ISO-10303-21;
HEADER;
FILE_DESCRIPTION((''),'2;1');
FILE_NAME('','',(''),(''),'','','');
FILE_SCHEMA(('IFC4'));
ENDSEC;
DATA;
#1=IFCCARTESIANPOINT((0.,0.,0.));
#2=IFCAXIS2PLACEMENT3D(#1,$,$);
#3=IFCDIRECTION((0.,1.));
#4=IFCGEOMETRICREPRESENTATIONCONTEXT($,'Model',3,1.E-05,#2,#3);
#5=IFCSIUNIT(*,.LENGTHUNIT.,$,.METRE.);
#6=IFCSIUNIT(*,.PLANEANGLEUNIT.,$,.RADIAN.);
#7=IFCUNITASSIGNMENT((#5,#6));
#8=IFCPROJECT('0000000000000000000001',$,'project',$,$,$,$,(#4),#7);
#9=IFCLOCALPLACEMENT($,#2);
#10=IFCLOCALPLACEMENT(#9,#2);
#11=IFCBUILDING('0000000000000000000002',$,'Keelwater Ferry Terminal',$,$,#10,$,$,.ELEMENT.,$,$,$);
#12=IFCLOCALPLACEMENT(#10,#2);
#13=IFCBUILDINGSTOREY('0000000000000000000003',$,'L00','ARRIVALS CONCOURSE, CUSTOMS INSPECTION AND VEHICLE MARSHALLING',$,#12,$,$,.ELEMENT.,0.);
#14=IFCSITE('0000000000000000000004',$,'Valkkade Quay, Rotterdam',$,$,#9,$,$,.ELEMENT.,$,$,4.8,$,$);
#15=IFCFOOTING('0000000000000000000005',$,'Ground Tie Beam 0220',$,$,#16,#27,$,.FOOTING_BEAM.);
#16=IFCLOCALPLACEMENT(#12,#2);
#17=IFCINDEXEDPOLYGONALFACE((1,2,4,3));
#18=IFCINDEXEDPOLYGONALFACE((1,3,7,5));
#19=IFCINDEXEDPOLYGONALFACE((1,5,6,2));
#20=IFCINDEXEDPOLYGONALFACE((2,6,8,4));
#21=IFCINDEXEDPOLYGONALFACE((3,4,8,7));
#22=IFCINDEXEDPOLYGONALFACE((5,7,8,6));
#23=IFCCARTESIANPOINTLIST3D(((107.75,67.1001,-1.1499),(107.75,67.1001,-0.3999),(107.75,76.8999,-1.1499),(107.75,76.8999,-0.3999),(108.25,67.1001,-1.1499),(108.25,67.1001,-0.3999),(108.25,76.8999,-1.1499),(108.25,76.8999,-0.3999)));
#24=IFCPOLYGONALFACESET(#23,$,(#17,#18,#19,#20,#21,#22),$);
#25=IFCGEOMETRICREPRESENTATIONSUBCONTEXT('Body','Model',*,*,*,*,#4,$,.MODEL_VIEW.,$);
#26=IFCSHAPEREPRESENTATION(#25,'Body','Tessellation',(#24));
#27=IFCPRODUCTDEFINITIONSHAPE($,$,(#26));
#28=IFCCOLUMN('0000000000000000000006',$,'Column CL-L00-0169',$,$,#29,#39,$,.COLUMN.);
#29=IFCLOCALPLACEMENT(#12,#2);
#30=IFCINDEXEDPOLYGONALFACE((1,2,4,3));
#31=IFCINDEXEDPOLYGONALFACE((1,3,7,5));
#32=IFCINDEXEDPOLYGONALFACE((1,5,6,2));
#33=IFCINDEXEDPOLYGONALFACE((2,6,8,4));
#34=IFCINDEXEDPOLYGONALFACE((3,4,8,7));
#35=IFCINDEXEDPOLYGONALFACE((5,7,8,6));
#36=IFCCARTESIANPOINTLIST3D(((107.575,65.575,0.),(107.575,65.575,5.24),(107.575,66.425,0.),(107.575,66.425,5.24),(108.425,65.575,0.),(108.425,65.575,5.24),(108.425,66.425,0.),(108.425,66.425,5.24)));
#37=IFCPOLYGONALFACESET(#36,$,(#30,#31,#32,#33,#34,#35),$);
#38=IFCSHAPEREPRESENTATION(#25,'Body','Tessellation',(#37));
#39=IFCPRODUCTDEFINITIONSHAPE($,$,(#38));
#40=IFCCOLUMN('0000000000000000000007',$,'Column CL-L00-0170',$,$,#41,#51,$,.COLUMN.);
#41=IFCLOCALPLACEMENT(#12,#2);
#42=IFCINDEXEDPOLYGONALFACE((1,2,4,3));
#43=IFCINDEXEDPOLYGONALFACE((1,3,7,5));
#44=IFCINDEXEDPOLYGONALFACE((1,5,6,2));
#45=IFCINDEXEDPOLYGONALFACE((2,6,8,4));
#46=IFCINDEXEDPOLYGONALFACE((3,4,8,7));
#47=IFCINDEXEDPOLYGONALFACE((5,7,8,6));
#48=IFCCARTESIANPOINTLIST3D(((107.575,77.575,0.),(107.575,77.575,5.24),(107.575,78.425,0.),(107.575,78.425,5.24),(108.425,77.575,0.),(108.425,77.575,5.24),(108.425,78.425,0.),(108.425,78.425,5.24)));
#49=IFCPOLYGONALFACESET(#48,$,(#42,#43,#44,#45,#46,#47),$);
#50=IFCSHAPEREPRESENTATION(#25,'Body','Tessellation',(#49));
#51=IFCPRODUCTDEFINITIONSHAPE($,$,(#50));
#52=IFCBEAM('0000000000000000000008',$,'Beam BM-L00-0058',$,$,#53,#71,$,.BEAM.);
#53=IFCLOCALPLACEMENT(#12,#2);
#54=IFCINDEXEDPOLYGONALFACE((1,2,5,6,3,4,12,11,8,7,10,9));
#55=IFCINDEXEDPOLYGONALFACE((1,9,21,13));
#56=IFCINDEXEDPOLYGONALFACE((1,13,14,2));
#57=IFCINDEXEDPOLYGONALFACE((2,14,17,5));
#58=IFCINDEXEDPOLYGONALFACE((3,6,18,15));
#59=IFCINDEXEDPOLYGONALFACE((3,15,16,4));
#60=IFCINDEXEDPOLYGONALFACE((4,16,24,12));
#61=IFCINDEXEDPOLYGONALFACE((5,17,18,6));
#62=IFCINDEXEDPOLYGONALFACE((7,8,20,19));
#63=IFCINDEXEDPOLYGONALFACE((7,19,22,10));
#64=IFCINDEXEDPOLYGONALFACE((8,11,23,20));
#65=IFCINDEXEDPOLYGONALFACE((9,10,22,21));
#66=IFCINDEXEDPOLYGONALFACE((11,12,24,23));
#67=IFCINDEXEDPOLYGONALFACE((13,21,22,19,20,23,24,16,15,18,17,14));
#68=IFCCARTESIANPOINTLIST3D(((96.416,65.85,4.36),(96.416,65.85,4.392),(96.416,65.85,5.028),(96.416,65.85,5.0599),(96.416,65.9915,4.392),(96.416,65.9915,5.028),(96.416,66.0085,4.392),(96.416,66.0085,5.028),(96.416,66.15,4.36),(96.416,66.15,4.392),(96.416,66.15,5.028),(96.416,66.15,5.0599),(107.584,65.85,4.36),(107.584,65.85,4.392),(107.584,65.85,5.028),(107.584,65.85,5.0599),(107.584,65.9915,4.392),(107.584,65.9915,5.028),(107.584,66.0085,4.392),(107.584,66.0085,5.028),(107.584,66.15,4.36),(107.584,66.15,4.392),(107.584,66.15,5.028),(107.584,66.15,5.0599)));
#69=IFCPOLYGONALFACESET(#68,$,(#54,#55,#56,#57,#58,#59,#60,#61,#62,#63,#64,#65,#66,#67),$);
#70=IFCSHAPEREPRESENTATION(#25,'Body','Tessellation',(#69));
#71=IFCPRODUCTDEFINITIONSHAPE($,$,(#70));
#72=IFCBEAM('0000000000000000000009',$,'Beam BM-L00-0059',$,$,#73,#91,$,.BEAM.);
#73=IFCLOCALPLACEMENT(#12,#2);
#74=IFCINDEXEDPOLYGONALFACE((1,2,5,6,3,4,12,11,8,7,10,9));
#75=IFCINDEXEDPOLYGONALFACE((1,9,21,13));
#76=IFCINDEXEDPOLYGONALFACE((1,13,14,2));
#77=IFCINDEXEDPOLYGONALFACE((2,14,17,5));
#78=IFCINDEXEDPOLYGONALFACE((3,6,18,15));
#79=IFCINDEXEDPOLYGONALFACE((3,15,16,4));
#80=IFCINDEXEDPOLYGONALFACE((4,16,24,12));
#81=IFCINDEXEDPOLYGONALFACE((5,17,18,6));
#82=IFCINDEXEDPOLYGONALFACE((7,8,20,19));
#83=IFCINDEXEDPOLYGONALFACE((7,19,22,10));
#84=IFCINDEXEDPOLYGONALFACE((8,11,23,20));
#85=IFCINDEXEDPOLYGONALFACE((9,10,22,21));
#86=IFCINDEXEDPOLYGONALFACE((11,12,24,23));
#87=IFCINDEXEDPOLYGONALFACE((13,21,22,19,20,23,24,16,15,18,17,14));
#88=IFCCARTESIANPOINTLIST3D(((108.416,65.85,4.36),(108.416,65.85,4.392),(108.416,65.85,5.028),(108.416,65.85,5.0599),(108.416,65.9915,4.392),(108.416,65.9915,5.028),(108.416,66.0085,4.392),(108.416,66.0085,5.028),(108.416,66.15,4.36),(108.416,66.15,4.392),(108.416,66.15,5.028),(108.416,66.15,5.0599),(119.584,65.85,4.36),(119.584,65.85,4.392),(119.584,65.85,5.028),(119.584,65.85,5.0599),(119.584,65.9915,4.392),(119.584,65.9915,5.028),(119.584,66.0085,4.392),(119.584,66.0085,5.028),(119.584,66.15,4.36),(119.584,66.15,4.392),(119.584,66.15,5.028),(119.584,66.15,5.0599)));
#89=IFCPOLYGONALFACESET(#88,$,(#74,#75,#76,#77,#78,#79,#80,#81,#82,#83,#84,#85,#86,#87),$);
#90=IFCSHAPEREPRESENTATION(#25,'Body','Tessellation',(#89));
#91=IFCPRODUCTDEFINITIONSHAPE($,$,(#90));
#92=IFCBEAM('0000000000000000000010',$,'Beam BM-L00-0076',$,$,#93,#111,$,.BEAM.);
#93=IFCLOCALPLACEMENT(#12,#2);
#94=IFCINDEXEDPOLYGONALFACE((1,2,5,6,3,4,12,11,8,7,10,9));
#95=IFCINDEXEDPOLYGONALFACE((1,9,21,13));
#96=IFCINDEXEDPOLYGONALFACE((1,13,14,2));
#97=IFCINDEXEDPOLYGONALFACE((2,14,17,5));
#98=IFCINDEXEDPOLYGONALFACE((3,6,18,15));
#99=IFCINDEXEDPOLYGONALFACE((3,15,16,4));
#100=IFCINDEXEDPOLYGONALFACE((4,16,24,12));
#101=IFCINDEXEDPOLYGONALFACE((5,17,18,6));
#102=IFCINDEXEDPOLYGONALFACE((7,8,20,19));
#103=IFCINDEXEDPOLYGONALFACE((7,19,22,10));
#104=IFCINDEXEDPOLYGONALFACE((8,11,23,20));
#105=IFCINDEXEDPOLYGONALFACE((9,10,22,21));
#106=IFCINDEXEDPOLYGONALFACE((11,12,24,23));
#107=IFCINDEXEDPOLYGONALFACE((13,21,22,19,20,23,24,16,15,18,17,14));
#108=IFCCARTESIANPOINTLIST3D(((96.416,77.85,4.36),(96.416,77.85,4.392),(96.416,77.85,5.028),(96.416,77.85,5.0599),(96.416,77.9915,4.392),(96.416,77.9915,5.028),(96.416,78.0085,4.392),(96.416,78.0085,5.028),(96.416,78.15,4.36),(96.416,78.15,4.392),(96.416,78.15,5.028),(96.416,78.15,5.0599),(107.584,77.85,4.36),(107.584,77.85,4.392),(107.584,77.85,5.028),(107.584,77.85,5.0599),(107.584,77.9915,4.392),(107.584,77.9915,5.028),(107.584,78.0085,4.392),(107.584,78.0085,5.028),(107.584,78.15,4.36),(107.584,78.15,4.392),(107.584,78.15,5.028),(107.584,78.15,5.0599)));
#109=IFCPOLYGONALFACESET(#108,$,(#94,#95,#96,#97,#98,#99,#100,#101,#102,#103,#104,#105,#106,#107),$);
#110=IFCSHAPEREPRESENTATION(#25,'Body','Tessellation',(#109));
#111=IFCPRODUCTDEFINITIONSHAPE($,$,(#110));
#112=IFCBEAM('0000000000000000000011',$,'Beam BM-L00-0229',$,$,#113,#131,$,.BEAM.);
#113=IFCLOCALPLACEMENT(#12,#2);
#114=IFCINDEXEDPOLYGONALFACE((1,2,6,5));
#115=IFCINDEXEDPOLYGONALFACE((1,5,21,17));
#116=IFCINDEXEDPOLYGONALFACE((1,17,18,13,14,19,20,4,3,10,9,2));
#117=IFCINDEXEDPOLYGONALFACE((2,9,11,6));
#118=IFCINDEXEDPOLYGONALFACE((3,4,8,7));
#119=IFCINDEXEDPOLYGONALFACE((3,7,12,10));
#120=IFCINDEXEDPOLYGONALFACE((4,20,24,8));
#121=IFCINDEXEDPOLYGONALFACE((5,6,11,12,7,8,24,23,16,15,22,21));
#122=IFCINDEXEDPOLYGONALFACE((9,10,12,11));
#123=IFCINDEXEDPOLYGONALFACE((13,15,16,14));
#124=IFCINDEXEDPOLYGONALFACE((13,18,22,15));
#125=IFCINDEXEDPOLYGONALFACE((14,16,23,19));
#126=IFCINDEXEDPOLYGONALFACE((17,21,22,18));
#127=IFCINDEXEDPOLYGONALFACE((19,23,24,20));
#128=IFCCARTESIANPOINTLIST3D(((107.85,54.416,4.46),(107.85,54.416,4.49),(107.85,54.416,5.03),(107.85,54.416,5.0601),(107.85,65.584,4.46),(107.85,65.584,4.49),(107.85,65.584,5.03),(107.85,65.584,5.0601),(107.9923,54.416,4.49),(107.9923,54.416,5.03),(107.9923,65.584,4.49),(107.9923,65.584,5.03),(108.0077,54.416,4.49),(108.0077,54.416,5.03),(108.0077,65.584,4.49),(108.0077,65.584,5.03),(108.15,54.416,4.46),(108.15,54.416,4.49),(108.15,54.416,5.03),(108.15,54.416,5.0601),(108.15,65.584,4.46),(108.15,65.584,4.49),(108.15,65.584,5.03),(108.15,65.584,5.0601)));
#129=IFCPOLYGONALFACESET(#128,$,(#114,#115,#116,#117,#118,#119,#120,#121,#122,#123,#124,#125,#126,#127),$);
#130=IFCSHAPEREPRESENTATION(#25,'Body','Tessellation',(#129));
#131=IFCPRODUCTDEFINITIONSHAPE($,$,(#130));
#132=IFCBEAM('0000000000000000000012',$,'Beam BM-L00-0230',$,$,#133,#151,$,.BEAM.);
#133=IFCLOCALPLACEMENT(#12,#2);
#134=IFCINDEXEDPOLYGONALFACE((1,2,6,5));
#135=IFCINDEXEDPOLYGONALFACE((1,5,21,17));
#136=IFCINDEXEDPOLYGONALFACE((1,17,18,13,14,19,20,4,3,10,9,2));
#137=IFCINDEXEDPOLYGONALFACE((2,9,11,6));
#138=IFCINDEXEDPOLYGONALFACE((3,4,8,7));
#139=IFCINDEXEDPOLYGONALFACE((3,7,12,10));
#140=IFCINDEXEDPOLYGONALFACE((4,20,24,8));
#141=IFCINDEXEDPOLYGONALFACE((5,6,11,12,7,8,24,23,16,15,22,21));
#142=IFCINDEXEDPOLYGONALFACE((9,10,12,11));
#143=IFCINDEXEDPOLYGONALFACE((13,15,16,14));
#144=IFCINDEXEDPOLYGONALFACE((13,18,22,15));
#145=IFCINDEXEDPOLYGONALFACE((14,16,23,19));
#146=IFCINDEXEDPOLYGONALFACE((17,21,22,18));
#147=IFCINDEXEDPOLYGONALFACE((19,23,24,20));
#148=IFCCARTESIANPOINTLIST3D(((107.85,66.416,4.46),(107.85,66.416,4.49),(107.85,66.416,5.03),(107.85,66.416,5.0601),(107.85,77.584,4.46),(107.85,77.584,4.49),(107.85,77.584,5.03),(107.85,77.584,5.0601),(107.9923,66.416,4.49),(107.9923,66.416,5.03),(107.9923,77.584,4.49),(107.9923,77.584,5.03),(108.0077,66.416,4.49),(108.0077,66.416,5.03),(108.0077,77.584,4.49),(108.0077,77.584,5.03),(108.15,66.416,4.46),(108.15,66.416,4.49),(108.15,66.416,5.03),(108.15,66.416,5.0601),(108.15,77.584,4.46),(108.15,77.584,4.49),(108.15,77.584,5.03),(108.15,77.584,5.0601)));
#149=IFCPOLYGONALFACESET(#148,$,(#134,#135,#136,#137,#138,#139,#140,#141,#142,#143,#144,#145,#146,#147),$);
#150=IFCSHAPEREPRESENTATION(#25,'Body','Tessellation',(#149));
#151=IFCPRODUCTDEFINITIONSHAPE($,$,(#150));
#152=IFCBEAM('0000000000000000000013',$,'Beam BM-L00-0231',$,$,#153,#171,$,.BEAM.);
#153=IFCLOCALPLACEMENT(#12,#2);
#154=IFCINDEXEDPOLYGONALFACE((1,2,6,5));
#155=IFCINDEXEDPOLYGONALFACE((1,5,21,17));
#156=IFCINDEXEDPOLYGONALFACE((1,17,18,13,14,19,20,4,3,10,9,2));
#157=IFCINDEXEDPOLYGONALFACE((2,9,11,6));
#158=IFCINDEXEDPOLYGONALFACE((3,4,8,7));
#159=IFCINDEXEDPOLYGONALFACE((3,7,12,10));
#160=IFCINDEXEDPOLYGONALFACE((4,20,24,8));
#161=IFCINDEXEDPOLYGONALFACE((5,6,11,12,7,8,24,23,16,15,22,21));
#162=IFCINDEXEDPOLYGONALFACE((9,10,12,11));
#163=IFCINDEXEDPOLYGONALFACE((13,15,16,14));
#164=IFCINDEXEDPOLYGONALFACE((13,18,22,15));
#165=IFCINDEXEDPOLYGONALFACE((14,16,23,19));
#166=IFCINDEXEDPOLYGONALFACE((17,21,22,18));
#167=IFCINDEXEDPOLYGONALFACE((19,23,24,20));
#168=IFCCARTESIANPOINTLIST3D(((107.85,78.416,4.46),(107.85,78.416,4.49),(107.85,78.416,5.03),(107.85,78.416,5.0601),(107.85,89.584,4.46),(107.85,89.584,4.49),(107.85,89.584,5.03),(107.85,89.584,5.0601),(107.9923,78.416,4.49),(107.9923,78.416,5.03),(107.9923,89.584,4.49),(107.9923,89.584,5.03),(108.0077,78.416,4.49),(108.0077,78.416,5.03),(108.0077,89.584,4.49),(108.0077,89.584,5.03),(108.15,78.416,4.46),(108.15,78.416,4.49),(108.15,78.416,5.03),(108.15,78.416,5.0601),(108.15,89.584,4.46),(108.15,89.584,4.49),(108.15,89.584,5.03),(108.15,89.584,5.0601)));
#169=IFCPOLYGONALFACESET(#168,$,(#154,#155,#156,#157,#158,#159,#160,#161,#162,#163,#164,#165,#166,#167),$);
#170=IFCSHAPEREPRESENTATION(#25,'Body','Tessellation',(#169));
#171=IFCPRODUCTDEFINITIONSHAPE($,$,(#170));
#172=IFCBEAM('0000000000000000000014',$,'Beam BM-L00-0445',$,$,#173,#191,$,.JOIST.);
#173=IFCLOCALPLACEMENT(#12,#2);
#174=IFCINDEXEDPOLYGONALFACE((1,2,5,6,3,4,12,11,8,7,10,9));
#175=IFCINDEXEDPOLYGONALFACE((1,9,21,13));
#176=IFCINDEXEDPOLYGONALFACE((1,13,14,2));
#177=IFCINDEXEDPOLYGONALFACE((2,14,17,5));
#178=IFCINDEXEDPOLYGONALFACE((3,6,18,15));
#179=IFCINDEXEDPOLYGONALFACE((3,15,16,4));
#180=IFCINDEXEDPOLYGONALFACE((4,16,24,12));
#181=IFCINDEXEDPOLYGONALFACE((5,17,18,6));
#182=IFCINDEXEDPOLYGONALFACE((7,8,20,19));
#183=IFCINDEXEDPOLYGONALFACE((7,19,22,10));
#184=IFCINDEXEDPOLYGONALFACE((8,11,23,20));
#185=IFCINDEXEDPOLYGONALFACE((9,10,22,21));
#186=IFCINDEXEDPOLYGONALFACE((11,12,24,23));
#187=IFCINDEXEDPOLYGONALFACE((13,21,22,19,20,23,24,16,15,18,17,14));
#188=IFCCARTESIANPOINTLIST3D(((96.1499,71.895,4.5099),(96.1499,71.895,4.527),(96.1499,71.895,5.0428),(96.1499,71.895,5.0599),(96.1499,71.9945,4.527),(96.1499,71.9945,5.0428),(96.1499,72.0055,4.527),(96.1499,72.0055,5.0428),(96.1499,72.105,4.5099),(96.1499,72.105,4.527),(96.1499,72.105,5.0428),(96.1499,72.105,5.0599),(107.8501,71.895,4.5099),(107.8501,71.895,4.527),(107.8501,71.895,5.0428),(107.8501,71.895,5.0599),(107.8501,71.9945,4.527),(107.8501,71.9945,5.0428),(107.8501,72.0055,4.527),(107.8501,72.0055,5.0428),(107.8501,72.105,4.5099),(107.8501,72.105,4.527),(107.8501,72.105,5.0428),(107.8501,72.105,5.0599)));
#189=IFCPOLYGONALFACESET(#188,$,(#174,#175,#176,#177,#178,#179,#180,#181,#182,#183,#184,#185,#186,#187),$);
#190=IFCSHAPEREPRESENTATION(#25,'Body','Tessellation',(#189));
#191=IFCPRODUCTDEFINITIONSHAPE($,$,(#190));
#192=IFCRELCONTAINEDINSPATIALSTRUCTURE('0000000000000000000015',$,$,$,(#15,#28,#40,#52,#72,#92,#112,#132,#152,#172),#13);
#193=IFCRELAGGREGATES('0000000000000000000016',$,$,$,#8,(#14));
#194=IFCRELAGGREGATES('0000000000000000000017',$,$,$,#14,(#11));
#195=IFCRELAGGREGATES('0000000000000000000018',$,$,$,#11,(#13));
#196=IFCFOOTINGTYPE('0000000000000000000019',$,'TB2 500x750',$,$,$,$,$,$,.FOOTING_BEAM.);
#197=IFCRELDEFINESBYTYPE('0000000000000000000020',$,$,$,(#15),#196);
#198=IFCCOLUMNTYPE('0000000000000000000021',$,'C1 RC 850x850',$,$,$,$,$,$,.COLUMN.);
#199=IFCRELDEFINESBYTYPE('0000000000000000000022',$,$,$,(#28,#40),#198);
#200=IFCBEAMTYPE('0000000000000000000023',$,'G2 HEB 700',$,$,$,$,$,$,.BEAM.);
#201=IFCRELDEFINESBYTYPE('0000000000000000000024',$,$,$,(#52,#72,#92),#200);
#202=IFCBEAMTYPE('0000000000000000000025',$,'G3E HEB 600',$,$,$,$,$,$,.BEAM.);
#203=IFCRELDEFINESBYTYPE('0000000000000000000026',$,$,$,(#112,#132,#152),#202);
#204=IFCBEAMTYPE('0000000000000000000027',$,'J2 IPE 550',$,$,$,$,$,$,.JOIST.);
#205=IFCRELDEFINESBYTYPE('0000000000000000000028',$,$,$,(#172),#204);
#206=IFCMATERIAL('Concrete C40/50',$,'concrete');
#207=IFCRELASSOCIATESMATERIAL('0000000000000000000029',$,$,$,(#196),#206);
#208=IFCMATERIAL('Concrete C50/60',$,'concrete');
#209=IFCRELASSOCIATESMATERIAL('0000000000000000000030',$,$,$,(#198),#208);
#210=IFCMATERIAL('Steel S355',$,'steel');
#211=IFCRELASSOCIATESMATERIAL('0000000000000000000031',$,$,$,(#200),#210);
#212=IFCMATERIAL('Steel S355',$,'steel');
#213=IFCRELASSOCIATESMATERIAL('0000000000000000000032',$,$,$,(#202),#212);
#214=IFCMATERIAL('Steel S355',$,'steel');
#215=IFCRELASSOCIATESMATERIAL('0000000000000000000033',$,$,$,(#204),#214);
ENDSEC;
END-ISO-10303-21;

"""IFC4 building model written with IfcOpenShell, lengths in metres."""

from ifc_helpers import new_model, si_unit, direction, frame, origin, origin_2d, place, context, subcontext, project, spatial, rectangle, i_section, extrude, material, material_profile, profile_set, type_object, element, save


model = new_model("IFC4")

# Units and contexts
model_context = context("Model", 3, precision=1e-05, world=origin(), true_north=direction((0.0, 1.0)))
body_context = subcontext(model_context, "Body", "Model", "MODEL_VIEW")
ifc_project = project(units=[si_unit("LENGTHUNIT", "METRE"), si_unit("PLANEANGLEUNIT", "RADIAN")], contexts=[model_context])

# Site, building, storey
site_placement = place(None, origin())
site = spatial("IfcSite", under=ifc_project, at=site_placement, Name="Valkkade Quay, Rotterdam", CompositionType="ELEMENT", RefElevation=4.8)
building_placement = place(site_placement, origin())
building = spatial("IfcBuilding", under=site, at=building_placement, Name="Keelwater Ferry Terminal", CompositionType="ELEMENT")
storey_placement = place(building_placement, origin())
storey = spatial("IfcBuildingStorey", under=building, at=storey_placement, Name="L00", Description="ARRIVALS CONCOURSE, CUSTOMS INSPECTION AND VEHICLE MARSHALLING", CompositionType="ELEMENT", Elevation=0.0)

# Footing
ifc_material_1 = material(Name="Concrete C40/50", Category="concrete")
ifc_material_profile_1 = material_profile(ifc_material_1, rectangle(XDim=0.5, YDim=0.75, at=origin_2d()), Name="TB 500x750")
ifc_profile_set_1 = profile_set([ifc_material_profile_1], Name="Concrete C40/50")
footing_type_1 = type_object("IfcFootingType", Name="TB2 500x750", PredefinedType="FOOTING_BEAM", material=ifc_profile_set_1)
for number, where, z_axis, x_axis, name in (
    (1, (108.0, 67.1001, -0.7749), (0.0, 1.0, 0.0), (-1.0, 0.0, 0.0), "Ground Tie Beam 0220"),
):
    element("IfcFooting", number, at=place(storey_placement, frame(where, z_axis=z_axis, x_axis=x_axis)), inside=storey, type_object=footing_type_1, Name=name, PredefinedType="FOOTING_BEAM", context=body_context, shape_type="SweptSolid", body=[
        extrude(rectangle(XDim=0.5, YDim=0.75, at=origin_2d()), origin(), (0.0, 0.0, 1.0), 9.7998),
    ])

# Columns
ifc_material_2 = material(Name="Concrete C50/60", Category="concrete")
ifc_material_profile_2 = material_profile(ifc_material_2, rectangle(XDim=0.8501, YDim=0.8501, at=origin_2d()), Name="RC 850x850")
ifc_profile_set_2 = profile_set([ifc_material_profile_2], Name="Concrete C50/60")
column_type = type_object("IfcColumnType", Name="C1 RC 850x850", PredefinedType="COLUMN", material=ifc_profile_set_2)
for number, where, z_axis, x_axis, name in (
    (2, (108.0, 66.0, 0.0), (0.0, 0.0, 1.0), (1.0, 0.0, 0.0), "Column CL-L00-0169"),
    (3, (108.0, 78.0, 0.0), (0.0, 0.0, 1.0), (1.0, 0.0, 0.0), "Column CL-L00-0170"),
):
    element("IfcColumn", number, at=place(storey_placement, frame(where, z_axis=z_axis, x_axis=x_axis)), inside=storey, type_object=column_type, Name=name, PredefinedType="COLUMN", context=body_context, shape_type="SweptSolid", body=[
        extrude(rectangle(XDim=0.8501, YDim=0.8501, at=origin_2d()), origin(), (0.0, 0.0, 1.0), 5.24),
    ])

# Beams
ifc_material_3 = material(Name="Steel S355", Category="steel")
ifc_material_profile_3 = material_profile(ifc_material_3, i_section(OverallWidth=0.3, OverallDepth=0.7, WebThickness=0.0171, FlangeThickness=0.032, at=origin_2d()), Name="HEB 700")
ifc_profile_set_3 = profile_set([ifc_material_profile_3], Name="Steel S355")
beam_type_1 = type_object("IfcBeamType", Name="G2 HEB 700", PredefinedType="BEAM", material=ifc_profile_set_3)
for number, where, z_axis, x_axis, name in (
    (4, (96.416, 66.0, 4.71), (1.0, 0.0, 0.0), (0.0, 1.0, 0.0), "Beam BM-L00-0058"),
    (5, (108.416, 66.0, 4.71), (1.0, 0.0, 0.0), (0.0, 1.0, 0.0), "Beam BM-L00-0059"),
    (6, (96.416, 78.0, 4.71), (1.0, 0.0, 0.0), (0.0, 1.0, 0.0), "Beam BM-L00-0076"),
):
    element("IfcBeam", number, at=place(storey_placement, frame(where, z_axis=z_axis, x_axis=x_axis)), inside=storey, type_object=beam_type_1, Name=name, PredefinedType="BEAM", context=body_context, shape_type="SweptSolid", body=[
        extrude(i_section(OverallWidth=0.3, OverallDepth=0.7, WebThickness=0.0171, FlangeThickness=0.032, at=origin_2d()), origin(), (0.0, 0.0, 1.0), 11.168),
    ])
ifc_material_4 = material(Name="Steel S355", Category="steel")
ifc_material_profile_4 = material_profile(ifc_material_4, i_section(OverallWidth=0.3, OverallDepth=0.6001, WebThickness=0.0154, FlangeThickness=0.03, at=origin_2d()), Name="HEB 600")
ifc_profile_set_4 = profile_set([ifc_material_profile_4], Name="Steel S355")
beam_type_2 = type_object("IfcBeamType", Name="G3E HEB 600", PredefinedType="BEAM", material=ifc_profile_set_4)
for number, where, z_axis, x_axis, name in (
    (7, (108.0, 54.416, 4.76), (0.0, 1.0, 0.0), (-1.0, 0.0, 0.0), "Beam BM-L00-0229"),
    (8, (108.0, 66.416, 4.76), (0.0, 1.0, 0.0), (-1.0, 0.0, 0.0), "Beam BM-L00-0230"),
    (9, (108.0, 78.416, 4.76), (0.0, 1.0, 0.0), (-1.0, 0.0, 0.0), "Beam BM-L00-0231"),
):
    element("IfcBeam", number, at=place(storey_placement, frame(where, z_axis=z_axis, x_axis=x_axis)), inside=storey, type_object=beam_type_2, Name=name, PredefinedType="BEAM", context=body_context, shape_type="SweptSolid", body=[
        extrude(i_section(OverallWidth=0.3, OverallDepth=0.6001, WebThickness=0.0154, FlangeThickness=0.03, at=origin_2d()), origin(), (0.0, 0.0, 1.0), 11.168),
    ])
ifc_material_5 = material(Name="Steel S355", Category="steel")
ifc_material_profile_5 = material_profile(ifc_material_5, i_section(OverallWidth=0.21, OverallDepth=0.55, WebThickness=0.011, FlangeThickness=0.0171, at=origin_2d()), Name="IPE 550")
ifc_profile_set_5 = profile_set([ifc_material_profile_5], Name="Steel S355")
beam_type_3 = type_object("IfcBeamType", Name="J2 IPE 550", PredefinedType="JOIST", material=ifc_profile_set_5)
for number, where, z_axis, x_axis, name in (
    (10, (96.1499, 72.0, 4.7849), (1.0, 0.0, 0.0), (0.0, 1.0, 0.0), "Beam BM-L00-0445"),
):
    element("IfcBeam", number, at=place(storey_placement, frame(where, z_axis=z_axis, x_axis=x_axis)), inside=storey, type_object=beam_type_3, Name=name, PredefinedType="JOIST", context=body_context, shape_type="SweptSolid", body=[
        extrude(i_section(OverallWidth=0.21, OverallDepth=0.55, WebThickness=0.011, FlangeThickness=0.0171, at=origin_2d()), origin(), (0.0, 0.0, 1.0), 11.7002),
    ])

save(model, "model.ifc")
